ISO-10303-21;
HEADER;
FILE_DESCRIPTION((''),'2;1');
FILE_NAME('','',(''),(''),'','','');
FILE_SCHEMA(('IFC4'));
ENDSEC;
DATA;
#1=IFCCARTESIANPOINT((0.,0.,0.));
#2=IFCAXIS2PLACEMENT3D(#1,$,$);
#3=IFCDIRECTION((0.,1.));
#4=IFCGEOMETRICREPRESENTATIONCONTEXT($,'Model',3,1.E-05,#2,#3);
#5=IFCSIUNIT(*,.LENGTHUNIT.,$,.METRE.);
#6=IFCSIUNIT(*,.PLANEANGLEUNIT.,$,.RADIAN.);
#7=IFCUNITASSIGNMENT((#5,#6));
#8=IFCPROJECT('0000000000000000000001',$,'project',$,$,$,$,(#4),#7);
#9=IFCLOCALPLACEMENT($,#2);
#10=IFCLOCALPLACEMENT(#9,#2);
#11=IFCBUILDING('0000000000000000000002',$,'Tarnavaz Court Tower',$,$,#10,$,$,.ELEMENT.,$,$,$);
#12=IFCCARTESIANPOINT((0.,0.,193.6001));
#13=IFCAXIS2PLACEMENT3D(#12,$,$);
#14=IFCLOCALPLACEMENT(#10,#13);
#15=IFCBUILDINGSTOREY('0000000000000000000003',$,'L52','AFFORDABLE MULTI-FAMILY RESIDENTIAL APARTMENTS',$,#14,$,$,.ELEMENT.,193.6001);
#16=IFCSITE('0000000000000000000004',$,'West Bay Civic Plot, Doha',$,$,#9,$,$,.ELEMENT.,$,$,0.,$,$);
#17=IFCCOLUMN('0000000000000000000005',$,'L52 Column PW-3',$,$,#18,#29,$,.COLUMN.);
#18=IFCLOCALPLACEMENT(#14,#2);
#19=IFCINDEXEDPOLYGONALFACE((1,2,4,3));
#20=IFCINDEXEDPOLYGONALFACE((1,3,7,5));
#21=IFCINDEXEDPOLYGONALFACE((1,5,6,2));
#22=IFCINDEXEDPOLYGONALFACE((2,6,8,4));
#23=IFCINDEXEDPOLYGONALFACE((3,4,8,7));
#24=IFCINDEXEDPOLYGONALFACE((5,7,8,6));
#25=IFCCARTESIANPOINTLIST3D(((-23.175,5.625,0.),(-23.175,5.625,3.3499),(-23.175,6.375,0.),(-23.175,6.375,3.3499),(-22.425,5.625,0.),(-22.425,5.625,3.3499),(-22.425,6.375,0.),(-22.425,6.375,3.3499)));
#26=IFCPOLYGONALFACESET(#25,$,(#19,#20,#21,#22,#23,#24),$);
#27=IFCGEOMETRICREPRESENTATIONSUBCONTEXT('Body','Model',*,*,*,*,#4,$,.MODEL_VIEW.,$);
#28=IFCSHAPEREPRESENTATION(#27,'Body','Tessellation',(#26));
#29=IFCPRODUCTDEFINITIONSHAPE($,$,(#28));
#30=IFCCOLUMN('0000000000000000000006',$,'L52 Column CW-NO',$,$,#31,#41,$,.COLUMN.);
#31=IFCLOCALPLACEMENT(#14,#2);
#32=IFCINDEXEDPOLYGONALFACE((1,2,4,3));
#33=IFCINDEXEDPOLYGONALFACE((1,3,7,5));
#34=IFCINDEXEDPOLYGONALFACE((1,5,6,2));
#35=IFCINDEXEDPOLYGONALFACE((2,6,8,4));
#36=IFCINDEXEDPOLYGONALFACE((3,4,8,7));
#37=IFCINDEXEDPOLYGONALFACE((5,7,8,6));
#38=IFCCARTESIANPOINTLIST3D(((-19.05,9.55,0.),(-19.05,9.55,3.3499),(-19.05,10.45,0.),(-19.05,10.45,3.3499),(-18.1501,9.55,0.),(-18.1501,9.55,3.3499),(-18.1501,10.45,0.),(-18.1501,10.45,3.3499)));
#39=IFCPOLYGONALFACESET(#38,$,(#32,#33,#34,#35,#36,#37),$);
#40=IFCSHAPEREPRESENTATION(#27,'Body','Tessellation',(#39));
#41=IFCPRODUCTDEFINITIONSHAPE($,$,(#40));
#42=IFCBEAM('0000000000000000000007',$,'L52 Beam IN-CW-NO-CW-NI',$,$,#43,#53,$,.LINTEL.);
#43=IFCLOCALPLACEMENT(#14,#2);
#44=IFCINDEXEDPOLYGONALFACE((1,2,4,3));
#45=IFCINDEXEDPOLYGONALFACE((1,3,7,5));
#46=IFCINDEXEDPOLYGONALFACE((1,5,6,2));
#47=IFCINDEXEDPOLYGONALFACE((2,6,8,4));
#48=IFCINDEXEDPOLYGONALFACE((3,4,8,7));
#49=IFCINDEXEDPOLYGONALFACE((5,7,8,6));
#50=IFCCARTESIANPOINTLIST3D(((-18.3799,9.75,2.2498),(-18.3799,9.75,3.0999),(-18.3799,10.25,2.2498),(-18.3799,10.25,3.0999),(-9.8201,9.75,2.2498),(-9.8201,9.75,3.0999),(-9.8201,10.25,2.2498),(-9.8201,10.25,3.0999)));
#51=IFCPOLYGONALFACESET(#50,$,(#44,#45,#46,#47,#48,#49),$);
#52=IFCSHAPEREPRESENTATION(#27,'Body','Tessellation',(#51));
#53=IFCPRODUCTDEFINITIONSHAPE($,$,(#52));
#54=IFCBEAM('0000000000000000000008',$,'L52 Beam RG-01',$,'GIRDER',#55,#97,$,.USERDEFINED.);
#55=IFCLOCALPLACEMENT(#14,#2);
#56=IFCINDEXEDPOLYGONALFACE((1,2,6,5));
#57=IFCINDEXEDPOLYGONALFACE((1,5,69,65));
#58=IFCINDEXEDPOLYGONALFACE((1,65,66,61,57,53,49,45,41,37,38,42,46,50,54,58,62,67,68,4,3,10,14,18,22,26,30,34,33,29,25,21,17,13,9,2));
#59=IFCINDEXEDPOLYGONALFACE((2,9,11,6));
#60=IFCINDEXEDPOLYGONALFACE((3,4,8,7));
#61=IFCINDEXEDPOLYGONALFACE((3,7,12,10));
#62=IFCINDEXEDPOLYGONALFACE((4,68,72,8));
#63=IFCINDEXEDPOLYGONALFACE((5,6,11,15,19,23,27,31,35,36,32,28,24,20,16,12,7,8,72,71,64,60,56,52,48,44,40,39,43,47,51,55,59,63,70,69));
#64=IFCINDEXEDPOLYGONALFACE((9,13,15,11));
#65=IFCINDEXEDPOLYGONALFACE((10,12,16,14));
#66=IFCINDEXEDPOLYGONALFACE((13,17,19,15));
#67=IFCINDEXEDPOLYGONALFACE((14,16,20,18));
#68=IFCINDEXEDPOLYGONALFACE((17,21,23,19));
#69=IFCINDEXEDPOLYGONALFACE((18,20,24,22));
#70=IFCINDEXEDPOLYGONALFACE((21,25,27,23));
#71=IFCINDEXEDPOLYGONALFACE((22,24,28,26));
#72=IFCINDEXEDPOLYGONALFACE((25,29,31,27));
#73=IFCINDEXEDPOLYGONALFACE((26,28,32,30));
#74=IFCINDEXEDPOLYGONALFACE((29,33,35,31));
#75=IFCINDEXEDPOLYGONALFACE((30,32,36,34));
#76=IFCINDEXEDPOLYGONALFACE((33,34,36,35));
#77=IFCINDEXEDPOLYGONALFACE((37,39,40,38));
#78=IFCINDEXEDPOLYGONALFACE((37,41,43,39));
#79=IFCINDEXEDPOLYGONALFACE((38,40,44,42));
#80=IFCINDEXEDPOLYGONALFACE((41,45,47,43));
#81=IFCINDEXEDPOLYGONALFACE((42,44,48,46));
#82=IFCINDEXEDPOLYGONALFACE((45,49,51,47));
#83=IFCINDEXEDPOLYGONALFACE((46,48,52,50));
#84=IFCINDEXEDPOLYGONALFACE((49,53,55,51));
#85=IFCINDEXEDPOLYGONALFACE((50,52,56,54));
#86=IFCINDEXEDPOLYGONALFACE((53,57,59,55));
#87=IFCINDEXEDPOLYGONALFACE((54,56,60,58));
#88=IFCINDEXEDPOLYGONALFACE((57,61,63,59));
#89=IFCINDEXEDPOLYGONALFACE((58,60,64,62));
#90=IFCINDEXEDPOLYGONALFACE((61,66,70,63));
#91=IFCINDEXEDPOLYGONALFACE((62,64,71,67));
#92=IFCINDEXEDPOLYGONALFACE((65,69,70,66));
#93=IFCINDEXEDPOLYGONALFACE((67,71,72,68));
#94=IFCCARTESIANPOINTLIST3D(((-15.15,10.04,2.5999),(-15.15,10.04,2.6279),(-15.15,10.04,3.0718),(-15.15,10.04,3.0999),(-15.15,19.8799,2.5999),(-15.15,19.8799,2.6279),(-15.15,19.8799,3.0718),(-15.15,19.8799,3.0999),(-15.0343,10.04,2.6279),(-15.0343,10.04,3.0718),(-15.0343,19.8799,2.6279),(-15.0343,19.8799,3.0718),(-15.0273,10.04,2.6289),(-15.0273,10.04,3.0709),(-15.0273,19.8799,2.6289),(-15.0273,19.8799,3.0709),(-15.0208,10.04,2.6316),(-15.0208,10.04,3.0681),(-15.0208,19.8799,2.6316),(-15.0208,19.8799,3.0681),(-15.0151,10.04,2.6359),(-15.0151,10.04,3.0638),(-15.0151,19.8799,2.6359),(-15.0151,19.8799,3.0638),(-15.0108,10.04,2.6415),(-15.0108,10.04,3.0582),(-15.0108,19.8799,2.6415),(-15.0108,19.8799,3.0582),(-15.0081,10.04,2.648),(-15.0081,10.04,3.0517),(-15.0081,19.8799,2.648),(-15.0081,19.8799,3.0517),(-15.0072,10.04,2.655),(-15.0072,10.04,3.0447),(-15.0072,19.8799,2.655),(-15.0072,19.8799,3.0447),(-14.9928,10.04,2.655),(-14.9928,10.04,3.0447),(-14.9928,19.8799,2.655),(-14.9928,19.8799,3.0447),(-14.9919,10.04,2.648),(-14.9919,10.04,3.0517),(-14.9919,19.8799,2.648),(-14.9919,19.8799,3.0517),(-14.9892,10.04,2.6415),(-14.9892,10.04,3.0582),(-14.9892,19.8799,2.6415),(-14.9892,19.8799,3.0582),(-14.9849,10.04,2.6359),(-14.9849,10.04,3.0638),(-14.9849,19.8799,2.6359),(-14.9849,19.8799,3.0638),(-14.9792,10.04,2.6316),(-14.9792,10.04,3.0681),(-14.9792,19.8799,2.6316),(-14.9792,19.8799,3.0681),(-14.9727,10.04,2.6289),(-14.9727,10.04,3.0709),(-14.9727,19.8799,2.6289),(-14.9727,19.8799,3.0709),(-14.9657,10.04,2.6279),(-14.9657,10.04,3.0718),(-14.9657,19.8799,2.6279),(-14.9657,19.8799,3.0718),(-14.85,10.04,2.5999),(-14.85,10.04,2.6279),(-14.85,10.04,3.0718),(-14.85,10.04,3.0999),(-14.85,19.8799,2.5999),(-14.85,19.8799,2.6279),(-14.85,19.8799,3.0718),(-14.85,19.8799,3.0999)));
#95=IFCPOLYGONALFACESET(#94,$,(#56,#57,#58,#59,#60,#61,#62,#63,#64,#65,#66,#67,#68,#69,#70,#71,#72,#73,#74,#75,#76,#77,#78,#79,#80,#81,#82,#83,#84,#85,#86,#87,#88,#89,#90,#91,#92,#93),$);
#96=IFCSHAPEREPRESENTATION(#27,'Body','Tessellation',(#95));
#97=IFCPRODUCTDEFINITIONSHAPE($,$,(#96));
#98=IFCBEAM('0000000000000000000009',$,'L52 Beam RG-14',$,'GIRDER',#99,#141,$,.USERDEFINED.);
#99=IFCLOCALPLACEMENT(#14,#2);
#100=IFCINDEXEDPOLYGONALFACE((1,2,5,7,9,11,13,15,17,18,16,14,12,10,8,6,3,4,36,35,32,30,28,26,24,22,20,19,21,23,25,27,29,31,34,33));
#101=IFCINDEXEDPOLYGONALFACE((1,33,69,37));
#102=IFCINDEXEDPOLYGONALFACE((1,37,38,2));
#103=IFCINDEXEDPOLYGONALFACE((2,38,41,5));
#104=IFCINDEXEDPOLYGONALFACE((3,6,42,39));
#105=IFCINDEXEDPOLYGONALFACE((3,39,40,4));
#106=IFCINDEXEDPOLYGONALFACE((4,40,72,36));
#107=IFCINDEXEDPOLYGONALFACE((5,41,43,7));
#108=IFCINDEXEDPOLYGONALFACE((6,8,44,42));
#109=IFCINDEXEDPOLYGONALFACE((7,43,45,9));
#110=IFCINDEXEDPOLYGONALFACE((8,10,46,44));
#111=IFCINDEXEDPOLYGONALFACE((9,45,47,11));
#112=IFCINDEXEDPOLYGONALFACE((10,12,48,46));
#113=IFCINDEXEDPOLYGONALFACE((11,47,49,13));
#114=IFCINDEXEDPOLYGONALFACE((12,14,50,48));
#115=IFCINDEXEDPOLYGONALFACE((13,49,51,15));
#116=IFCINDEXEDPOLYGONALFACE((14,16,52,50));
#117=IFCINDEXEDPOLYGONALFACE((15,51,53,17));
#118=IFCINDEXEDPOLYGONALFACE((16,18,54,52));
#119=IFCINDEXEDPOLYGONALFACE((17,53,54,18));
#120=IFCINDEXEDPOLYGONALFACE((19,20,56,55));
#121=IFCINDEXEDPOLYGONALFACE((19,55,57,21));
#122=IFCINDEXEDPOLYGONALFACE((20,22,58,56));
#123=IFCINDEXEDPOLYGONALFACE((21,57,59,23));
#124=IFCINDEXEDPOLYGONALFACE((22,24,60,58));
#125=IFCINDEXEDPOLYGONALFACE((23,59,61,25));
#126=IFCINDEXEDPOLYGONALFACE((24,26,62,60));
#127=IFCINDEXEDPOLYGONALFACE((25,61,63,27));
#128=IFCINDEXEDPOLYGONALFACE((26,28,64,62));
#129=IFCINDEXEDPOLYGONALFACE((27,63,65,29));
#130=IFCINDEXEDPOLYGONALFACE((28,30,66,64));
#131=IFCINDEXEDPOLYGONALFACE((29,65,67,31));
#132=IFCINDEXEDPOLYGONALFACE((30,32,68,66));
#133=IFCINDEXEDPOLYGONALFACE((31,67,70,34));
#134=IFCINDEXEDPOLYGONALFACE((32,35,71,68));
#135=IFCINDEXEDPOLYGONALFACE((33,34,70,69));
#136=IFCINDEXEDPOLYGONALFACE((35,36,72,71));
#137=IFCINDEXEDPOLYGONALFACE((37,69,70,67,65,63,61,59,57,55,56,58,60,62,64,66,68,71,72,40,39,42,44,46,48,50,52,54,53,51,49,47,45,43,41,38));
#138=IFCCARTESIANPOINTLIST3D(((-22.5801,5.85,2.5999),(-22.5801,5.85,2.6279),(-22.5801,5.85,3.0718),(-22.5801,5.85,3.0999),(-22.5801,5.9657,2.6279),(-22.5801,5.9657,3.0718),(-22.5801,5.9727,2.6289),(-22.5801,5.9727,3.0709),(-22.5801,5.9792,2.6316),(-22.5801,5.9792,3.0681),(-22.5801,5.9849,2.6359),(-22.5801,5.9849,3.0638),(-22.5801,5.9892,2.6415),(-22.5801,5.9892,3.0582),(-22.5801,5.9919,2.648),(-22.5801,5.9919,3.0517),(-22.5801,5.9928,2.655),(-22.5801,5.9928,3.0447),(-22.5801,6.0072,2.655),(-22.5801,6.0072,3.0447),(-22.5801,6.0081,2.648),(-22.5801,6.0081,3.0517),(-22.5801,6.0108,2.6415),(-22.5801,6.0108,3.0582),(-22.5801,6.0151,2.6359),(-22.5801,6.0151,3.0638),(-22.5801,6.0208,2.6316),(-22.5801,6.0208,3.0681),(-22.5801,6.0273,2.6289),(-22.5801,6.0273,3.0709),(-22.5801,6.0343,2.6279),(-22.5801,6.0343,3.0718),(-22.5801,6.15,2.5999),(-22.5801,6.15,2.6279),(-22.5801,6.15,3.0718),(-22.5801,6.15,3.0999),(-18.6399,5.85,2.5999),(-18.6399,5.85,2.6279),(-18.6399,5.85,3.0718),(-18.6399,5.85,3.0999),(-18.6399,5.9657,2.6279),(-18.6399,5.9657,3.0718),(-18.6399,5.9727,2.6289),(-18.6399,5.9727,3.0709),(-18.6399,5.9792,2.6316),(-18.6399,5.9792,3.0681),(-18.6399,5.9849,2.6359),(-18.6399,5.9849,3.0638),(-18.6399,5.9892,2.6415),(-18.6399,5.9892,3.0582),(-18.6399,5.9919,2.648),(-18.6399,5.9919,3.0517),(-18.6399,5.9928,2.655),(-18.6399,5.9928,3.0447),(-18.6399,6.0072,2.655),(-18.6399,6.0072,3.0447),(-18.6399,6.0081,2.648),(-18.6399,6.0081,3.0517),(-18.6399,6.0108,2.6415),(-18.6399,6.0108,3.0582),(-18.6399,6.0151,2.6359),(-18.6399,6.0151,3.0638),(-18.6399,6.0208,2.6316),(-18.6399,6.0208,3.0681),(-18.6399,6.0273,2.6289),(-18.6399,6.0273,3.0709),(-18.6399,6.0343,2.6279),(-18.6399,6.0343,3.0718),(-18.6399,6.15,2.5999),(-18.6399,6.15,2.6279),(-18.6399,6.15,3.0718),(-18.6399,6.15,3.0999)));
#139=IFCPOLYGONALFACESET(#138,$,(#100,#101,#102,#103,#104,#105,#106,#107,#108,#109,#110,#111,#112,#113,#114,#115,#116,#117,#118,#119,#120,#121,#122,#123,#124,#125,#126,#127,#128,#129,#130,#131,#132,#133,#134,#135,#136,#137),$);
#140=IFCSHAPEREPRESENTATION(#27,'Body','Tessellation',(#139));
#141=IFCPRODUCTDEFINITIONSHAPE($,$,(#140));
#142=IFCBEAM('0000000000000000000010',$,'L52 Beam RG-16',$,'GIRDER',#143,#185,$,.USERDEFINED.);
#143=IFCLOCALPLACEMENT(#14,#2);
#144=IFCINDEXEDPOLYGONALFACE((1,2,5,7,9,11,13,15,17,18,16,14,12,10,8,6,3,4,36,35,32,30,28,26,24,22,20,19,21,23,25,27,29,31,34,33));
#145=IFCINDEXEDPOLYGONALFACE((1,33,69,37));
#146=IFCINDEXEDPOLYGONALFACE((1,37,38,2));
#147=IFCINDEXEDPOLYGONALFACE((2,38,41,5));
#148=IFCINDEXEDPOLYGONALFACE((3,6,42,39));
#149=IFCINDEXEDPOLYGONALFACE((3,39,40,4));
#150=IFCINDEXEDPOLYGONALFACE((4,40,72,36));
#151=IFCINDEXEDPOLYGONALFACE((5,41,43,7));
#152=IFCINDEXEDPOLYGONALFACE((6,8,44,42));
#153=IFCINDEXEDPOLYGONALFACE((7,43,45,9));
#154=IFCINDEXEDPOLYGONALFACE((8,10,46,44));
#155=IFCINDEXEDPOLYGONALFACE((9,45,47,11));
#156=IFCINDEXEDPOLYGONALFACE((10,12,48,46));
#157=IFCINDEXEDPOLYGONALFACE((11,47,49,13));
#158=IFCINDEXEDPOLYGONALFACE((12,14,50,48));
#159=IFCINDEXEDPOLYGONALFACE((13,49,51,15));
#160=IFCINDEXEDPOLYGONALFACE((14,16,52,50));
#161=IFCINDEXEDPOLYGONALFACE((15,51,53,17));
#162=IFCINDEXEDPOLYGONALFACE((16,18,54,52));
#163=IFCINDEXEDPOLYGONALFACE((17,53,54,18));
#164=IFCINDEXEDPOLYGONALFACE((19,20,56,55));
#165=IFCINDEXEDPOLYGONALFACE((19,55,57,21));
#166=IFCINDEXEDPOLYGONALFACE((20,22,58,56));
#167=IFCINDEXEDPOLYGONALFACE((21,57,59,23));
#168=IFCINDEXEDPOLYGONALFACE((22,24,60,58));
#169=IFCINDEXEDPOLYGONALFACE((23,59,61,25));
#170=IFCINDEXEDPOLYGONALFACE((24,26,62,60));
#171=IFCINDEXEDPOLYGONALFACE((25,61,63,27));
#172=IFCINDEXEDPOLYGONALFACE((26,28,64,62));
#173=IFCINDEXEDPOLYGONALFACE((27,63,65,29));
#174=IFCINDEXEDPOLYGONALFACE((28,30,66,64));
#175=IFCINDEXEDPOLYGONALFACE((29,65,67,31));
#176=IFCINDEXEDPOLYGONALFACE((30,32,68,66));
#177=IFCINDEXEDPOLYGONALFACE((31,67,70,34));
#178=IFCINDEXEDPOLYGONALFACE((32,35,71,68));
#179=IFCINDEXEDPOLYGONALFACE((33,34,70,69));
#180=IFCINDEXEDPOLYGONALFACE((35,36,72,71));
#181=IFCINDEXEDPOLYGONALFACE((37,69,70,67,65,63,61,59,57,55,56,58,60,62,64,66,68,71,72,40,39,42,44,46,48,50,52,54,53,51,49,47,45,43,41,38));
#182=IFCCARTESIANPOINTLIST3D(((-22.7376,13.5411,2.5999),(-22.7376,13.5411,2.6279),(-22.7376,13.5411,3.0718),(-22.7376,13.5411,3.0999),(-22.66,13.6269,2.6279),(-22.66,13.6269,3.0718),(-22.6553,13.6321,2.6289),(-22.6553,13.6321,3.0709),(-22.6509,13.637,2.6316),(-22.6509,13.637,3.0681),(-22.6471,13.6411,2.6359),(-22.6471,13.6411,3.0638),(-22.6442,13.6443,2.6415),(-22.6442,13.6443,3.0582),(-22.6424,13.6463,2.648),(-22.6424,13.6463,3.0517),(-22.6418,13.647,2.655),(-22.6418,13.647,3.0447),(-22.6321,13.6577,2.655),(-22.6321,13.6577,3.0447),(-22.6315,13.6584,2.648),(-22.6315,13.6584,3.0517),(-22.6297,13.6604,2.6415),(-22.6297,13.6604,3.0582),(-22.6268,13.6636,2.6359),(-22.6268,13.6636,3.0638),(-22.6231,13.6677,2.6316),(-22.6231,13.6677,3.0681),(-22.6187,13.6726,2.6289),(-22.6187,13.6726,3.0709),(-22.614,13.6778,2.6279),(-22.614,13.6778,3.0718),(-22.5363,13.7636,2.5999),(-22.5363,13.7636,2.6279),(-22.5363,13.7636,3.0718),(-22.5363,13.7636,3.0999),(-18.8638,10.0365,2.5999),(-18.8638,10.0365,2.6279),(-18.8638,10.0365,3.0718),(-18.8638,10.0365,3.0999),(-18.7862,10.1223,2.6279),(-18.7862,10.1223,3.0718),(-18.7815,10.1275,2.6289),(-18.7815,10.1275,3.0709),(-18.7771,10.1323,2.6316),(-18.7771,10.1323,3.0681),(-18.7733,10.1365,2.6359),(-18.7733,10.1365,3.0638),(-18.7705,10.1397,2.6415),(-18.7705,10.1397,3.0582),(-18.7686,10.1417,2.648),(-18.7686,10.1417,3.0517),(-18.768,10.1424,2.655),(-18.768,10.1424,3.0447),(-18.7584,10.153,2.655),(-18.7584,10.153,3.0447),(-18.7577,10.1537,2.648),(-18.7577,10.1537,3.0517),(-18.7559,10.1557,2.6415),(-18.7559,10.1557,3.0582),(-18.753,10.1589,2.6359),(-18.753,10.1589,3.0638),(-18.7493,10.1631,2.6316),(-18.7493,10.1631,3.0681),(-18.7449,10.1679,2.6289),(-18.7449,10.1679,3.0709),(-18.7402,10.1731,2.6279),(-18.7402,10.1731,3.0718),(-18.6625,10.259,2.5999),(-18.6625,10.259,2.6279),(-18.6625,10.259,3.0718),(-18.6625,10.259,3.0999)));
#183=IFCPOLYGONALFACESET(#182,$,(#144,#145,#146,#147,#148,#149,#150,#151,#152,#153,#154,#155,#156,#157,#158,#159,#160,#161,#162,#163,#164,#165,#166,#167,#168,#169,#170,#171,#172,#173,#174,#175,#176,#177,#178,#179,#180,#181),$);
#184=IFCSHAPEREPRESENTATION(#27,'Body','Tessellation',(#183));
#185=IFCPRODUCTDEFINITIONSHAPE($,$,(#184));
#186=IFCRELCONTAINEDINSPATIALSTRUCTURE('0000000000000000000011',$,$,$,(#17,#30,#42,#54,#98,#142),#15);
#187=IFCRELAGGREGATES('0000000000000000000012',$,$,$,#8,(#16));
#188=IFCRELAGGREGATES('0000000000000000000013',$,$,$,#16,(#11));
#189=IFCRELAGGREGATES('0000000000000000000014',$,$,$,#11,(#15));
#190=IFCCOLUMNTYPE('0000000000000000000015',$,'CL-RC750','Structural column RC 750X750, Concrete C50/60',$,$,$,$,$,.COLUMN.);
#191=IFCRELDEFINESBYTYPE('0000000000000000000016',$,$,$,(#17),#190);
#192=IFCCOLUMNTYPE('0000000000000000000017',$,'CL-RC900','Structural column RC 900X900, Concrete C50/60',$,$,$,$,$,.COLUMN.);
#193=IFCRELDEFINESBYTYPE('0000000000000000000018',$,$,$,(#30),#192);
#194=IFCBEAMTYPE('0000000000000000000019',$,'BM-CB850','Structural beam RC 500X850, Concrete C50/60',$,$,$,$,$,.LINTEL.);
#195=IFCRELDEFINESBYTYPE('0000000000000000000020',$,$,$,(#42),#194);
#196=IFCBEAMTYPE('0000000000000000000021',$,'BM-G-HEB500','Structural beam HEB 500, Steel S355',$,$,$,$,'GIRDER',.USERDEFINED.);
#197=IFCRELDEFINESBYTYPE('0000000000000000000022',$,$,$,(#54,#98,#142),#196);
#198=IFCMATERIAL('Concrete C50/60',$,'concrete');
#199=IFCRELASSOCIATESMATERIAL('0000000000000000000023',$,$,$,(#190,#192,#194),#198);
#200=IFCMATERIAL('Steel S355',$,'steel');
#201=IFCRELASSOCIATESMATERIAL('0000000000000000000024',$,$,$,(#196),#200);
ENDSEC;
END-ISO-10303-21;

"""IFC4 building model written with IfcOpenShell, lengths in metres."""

from ifc_helpers import new_model, si_unit, direction, frame, origin, origin_2d, place, context, subcontext, project, spatial, rectangle, i_section, extrude, material, material_profile, profile_set, type_object, element, save


model = new_model("IFC4")

# Units and contexts
model_context = context("Model", 3, precision=1e-05, world=origin(), true_north=direction((0.0, 1.0)))
body_context = subcontext(model_context, "Body", "Model", "MODEL_VIEW")
ifc_project = project(units=[si_unit("LENGTHUNIT", "METRE"), si_unit("PLANEANGLEUNIT", "RADIAN")], contexts=[model_context])

# Site, building, storey
site_placement = place(None, origin())
site = spatial("IfcSite", under=ifc_project, at=site_placement, Name="West Bay Civic Plot, Doha", CompositionType="ELEMENT", RefElevation=0.0)
building_placement = place(site_placement, origin())
building = spatial("IfcBuilding", under=site, at=building_placement, Name="Tarnavaz Court Tower", CompositionType="ELEMENT")
storey_placement = place(building_placement, frame((0.0, 0.0, 193.6001)))
storey = spatial("IfcBuildingStorey", under=building, at=storey_placement, Name="L52", Description="AFFORDABLE MULTI-FAMILY RESIDENTIAL APARTMENTS", CompositionType="ELEMENT", Elevation=193.6001)

# Columns
ifc_material_1 = material(Name="Concrete C50/60", Category="concrete")
ifc_material_profile_1 = material_profile(ifc_material_1, rectangle(XDim=0.75, YDim=0.75, at=origin_2d()), Name="RC 750X750")
ifc_profile_set_1 = profile_set([ifc_material_profile_1], Name="Concrete C50/60")
column_type_1 = type_object("IfcColumnType", Name="CL-RC750", Description="Structural column RC 750X750, Concrete C50/60", PredefinedType="COLUMN", material=ifc_profile_set_1)
column_1_placement = place(storey_placement, frame((-22.8, 6.0, 0.0), z_axis=(0.0, 0.0, 1.0), x_axis=(1.0, 0.0, 0.0)))
element("IfcColumn", 1, at=column_1_placement, inside=storey, type_object=column_type_1, Name="L52 Column PW-3", PredefinedType="COLUMN", context=body_context, shape_type="SweptSolid", body=[
    extrude(rectangle(XDim=0.75, YDim=0.75, at=origin_2d()), origin(), (0.0, 0.0, 1.0), 3.3499),
])
ifc_material_profile_2 = material_profile(ifc_material_1, rectangle(XDim=0.8999, YDim=0.8999, at=origin_2d()), Name="RC 900X900")
ifc_profile_set_2 = profile_set([ifc_material_profile_2], Name="Concrete C50/60")
column_type_2 = type_object("IfcColumnType", Name="CL-RC900", Description="Structural column RC 900X900, Concrete C50/60", PredefinedType="COLUMN", material=ifc_profile_set_2)
column_2_placement = place(storey_placement, frame((-18.6001, 10.0, 0.0), z_axis=(0.0, 0.0, 1.0), x_axis=(1.0, 0.0, 0.0)))
element("IfcColumn", 2, at=column_2_placement, inside=storey, type_object=column_type_2, Name="L52 Column CW-NO", PredefinedType="COLUMN", context=body_context, shape_type="SweptSolid", body=[
    extrude(rectangle(XDim=0.8999, YDim=0.8999, at=origin_2d()), origin(), (0.0, 0.0, 1.0), 3.3499),
])

# Beams
ifc_material_profile_3 = material_profile(ifc_material_1, rectangle(XDim=0.5, YDim=0.8501, at=origin_2d()), Name="RC 500X850")
ifc_profile_set_3 = profile_set([ifc_material_profile_3], Name="Concrete C50/60")
beam_type_1 = type_object("IfcBeamType", Name="BM-CB850", Description="Structural beam RC 500X850, Concrete C50/60", PredefinedType="LINTEL", material=ifc_profile_set_3)
beam_1_placement = place(storey_placement, frame((-18.3799, 10.0, 2.6748), z_axis=(1.0, 0.0, 0.0), x_axis=(0.0, 1.0, 0.0)))
element("IfcBeam", 3, at=beam_1_placement, inside=storey, type_object=beam_type_1, Name="L52 Beam IN-CW-NO-CW-NI", PredefinedType="LINTEL", context=body_context, shape_type="SweptSolid", body=[
    extrude(rectangle(XDim=0.5, YDim=0.8501, at=origin_2d()), origin(), (0.0, 0.0, 1.0), 8.5598),
])
ifc_material_2 = material(Name="Steel S355", Category="steel")
ifc_material_profile_4 = material_profile(ifc_material_2, i_section(OverallWidth=0.3, OverallDepth=0.5, WebThickness=0.0144, FlangeThickness=0.0281, FilletRadius=0.0271, at=origin_2d()), Name="HEB 500")
ifc_profile_set_4 = profile_set([ifc_material_profile_4], Name="Steel S355")
beam_type_2 = type_object("IfcBeamType", Name="BM-G-HEB500", Description="Structural beam HEB 500, Steel S355", ElementType="GIRDER", PredefinedType="USERDEFINED", material=ifc_profile_set_4)
beam_2_placement = place(storey_placement, frame((-15.0, 10.04, 2.8499), z_axis=(0.0, 1.0, 0.0), x_axis=(-1.0, 0.0, 0.0)))
element("IfcBeam", 4, at=beam_2_placement, inside=storey, type_object=beam_type_2, Name="L52 Beam RG-01", ObjectType="GIRDER", PredefinedType="USERDEFINED", context=body_context, shape_type="SweptSolid", body=[
    extrude(i_section(OverallWidth=0.3, OverallDepth=0.5, WebThickness=0.0144, FlangeThickness=0.0281, FilletRadius=0.0271, at=origin_2d()), origin(), (0.0, 0.0, 1.0), 9.8398),
])
beam_3_placement = place(storey_placement, frame((-18.6399, 6.0, 2.8499), z_axis=(-1.0, 0.0, 0.0), x_axis=(0.0, -1.0, 0.0)))
element("IfcBeam", 5, at=beam_3_placement, inside=storey, type_object=beam_type_2, Name="L52 Beam RG-14", ObjectType="GIRDER", PredefinedType="USERDEFINED", context=body_context, shape_type="SweptSolid", body=[
    extrude(i_section(OverallWidth=0.3, OverallDepth=0.5, WebThickness=0.0144, FlangeThickness=0.0281, FilletRadius=0.0271, at=origin_2d()), origin(), (0.0, 0.0, 1.0), 3.9402),
])
beam_4_placement = place(storey_placement, frame((-18.7632, 10.1477, 2.8499), z_axis=(-0.741556, 0.670891, 0.0), x_axis=(-0.670891, -0.741556, 0.0)))
element("IfcBeam", 6, at=beam_4_placement, inside=storey, type_object=beam_type_2, Name="L52 Beam RG-16", ObjectType="GIRDER", PredefinedType="USERDEFINED", context=body_context, shape_type="SweptSolid", body=[
    extrude(i_section(OverallWidth=0.3, OverallDepth=0.5, WebThickness=0.0144, FlangeThickness=0.0281, FilletRadius=0.0271, at=origin_2d()), origin(), (0.0, 0.0, 1.0), 5.2239),
])

save(model, "model.ifc")
